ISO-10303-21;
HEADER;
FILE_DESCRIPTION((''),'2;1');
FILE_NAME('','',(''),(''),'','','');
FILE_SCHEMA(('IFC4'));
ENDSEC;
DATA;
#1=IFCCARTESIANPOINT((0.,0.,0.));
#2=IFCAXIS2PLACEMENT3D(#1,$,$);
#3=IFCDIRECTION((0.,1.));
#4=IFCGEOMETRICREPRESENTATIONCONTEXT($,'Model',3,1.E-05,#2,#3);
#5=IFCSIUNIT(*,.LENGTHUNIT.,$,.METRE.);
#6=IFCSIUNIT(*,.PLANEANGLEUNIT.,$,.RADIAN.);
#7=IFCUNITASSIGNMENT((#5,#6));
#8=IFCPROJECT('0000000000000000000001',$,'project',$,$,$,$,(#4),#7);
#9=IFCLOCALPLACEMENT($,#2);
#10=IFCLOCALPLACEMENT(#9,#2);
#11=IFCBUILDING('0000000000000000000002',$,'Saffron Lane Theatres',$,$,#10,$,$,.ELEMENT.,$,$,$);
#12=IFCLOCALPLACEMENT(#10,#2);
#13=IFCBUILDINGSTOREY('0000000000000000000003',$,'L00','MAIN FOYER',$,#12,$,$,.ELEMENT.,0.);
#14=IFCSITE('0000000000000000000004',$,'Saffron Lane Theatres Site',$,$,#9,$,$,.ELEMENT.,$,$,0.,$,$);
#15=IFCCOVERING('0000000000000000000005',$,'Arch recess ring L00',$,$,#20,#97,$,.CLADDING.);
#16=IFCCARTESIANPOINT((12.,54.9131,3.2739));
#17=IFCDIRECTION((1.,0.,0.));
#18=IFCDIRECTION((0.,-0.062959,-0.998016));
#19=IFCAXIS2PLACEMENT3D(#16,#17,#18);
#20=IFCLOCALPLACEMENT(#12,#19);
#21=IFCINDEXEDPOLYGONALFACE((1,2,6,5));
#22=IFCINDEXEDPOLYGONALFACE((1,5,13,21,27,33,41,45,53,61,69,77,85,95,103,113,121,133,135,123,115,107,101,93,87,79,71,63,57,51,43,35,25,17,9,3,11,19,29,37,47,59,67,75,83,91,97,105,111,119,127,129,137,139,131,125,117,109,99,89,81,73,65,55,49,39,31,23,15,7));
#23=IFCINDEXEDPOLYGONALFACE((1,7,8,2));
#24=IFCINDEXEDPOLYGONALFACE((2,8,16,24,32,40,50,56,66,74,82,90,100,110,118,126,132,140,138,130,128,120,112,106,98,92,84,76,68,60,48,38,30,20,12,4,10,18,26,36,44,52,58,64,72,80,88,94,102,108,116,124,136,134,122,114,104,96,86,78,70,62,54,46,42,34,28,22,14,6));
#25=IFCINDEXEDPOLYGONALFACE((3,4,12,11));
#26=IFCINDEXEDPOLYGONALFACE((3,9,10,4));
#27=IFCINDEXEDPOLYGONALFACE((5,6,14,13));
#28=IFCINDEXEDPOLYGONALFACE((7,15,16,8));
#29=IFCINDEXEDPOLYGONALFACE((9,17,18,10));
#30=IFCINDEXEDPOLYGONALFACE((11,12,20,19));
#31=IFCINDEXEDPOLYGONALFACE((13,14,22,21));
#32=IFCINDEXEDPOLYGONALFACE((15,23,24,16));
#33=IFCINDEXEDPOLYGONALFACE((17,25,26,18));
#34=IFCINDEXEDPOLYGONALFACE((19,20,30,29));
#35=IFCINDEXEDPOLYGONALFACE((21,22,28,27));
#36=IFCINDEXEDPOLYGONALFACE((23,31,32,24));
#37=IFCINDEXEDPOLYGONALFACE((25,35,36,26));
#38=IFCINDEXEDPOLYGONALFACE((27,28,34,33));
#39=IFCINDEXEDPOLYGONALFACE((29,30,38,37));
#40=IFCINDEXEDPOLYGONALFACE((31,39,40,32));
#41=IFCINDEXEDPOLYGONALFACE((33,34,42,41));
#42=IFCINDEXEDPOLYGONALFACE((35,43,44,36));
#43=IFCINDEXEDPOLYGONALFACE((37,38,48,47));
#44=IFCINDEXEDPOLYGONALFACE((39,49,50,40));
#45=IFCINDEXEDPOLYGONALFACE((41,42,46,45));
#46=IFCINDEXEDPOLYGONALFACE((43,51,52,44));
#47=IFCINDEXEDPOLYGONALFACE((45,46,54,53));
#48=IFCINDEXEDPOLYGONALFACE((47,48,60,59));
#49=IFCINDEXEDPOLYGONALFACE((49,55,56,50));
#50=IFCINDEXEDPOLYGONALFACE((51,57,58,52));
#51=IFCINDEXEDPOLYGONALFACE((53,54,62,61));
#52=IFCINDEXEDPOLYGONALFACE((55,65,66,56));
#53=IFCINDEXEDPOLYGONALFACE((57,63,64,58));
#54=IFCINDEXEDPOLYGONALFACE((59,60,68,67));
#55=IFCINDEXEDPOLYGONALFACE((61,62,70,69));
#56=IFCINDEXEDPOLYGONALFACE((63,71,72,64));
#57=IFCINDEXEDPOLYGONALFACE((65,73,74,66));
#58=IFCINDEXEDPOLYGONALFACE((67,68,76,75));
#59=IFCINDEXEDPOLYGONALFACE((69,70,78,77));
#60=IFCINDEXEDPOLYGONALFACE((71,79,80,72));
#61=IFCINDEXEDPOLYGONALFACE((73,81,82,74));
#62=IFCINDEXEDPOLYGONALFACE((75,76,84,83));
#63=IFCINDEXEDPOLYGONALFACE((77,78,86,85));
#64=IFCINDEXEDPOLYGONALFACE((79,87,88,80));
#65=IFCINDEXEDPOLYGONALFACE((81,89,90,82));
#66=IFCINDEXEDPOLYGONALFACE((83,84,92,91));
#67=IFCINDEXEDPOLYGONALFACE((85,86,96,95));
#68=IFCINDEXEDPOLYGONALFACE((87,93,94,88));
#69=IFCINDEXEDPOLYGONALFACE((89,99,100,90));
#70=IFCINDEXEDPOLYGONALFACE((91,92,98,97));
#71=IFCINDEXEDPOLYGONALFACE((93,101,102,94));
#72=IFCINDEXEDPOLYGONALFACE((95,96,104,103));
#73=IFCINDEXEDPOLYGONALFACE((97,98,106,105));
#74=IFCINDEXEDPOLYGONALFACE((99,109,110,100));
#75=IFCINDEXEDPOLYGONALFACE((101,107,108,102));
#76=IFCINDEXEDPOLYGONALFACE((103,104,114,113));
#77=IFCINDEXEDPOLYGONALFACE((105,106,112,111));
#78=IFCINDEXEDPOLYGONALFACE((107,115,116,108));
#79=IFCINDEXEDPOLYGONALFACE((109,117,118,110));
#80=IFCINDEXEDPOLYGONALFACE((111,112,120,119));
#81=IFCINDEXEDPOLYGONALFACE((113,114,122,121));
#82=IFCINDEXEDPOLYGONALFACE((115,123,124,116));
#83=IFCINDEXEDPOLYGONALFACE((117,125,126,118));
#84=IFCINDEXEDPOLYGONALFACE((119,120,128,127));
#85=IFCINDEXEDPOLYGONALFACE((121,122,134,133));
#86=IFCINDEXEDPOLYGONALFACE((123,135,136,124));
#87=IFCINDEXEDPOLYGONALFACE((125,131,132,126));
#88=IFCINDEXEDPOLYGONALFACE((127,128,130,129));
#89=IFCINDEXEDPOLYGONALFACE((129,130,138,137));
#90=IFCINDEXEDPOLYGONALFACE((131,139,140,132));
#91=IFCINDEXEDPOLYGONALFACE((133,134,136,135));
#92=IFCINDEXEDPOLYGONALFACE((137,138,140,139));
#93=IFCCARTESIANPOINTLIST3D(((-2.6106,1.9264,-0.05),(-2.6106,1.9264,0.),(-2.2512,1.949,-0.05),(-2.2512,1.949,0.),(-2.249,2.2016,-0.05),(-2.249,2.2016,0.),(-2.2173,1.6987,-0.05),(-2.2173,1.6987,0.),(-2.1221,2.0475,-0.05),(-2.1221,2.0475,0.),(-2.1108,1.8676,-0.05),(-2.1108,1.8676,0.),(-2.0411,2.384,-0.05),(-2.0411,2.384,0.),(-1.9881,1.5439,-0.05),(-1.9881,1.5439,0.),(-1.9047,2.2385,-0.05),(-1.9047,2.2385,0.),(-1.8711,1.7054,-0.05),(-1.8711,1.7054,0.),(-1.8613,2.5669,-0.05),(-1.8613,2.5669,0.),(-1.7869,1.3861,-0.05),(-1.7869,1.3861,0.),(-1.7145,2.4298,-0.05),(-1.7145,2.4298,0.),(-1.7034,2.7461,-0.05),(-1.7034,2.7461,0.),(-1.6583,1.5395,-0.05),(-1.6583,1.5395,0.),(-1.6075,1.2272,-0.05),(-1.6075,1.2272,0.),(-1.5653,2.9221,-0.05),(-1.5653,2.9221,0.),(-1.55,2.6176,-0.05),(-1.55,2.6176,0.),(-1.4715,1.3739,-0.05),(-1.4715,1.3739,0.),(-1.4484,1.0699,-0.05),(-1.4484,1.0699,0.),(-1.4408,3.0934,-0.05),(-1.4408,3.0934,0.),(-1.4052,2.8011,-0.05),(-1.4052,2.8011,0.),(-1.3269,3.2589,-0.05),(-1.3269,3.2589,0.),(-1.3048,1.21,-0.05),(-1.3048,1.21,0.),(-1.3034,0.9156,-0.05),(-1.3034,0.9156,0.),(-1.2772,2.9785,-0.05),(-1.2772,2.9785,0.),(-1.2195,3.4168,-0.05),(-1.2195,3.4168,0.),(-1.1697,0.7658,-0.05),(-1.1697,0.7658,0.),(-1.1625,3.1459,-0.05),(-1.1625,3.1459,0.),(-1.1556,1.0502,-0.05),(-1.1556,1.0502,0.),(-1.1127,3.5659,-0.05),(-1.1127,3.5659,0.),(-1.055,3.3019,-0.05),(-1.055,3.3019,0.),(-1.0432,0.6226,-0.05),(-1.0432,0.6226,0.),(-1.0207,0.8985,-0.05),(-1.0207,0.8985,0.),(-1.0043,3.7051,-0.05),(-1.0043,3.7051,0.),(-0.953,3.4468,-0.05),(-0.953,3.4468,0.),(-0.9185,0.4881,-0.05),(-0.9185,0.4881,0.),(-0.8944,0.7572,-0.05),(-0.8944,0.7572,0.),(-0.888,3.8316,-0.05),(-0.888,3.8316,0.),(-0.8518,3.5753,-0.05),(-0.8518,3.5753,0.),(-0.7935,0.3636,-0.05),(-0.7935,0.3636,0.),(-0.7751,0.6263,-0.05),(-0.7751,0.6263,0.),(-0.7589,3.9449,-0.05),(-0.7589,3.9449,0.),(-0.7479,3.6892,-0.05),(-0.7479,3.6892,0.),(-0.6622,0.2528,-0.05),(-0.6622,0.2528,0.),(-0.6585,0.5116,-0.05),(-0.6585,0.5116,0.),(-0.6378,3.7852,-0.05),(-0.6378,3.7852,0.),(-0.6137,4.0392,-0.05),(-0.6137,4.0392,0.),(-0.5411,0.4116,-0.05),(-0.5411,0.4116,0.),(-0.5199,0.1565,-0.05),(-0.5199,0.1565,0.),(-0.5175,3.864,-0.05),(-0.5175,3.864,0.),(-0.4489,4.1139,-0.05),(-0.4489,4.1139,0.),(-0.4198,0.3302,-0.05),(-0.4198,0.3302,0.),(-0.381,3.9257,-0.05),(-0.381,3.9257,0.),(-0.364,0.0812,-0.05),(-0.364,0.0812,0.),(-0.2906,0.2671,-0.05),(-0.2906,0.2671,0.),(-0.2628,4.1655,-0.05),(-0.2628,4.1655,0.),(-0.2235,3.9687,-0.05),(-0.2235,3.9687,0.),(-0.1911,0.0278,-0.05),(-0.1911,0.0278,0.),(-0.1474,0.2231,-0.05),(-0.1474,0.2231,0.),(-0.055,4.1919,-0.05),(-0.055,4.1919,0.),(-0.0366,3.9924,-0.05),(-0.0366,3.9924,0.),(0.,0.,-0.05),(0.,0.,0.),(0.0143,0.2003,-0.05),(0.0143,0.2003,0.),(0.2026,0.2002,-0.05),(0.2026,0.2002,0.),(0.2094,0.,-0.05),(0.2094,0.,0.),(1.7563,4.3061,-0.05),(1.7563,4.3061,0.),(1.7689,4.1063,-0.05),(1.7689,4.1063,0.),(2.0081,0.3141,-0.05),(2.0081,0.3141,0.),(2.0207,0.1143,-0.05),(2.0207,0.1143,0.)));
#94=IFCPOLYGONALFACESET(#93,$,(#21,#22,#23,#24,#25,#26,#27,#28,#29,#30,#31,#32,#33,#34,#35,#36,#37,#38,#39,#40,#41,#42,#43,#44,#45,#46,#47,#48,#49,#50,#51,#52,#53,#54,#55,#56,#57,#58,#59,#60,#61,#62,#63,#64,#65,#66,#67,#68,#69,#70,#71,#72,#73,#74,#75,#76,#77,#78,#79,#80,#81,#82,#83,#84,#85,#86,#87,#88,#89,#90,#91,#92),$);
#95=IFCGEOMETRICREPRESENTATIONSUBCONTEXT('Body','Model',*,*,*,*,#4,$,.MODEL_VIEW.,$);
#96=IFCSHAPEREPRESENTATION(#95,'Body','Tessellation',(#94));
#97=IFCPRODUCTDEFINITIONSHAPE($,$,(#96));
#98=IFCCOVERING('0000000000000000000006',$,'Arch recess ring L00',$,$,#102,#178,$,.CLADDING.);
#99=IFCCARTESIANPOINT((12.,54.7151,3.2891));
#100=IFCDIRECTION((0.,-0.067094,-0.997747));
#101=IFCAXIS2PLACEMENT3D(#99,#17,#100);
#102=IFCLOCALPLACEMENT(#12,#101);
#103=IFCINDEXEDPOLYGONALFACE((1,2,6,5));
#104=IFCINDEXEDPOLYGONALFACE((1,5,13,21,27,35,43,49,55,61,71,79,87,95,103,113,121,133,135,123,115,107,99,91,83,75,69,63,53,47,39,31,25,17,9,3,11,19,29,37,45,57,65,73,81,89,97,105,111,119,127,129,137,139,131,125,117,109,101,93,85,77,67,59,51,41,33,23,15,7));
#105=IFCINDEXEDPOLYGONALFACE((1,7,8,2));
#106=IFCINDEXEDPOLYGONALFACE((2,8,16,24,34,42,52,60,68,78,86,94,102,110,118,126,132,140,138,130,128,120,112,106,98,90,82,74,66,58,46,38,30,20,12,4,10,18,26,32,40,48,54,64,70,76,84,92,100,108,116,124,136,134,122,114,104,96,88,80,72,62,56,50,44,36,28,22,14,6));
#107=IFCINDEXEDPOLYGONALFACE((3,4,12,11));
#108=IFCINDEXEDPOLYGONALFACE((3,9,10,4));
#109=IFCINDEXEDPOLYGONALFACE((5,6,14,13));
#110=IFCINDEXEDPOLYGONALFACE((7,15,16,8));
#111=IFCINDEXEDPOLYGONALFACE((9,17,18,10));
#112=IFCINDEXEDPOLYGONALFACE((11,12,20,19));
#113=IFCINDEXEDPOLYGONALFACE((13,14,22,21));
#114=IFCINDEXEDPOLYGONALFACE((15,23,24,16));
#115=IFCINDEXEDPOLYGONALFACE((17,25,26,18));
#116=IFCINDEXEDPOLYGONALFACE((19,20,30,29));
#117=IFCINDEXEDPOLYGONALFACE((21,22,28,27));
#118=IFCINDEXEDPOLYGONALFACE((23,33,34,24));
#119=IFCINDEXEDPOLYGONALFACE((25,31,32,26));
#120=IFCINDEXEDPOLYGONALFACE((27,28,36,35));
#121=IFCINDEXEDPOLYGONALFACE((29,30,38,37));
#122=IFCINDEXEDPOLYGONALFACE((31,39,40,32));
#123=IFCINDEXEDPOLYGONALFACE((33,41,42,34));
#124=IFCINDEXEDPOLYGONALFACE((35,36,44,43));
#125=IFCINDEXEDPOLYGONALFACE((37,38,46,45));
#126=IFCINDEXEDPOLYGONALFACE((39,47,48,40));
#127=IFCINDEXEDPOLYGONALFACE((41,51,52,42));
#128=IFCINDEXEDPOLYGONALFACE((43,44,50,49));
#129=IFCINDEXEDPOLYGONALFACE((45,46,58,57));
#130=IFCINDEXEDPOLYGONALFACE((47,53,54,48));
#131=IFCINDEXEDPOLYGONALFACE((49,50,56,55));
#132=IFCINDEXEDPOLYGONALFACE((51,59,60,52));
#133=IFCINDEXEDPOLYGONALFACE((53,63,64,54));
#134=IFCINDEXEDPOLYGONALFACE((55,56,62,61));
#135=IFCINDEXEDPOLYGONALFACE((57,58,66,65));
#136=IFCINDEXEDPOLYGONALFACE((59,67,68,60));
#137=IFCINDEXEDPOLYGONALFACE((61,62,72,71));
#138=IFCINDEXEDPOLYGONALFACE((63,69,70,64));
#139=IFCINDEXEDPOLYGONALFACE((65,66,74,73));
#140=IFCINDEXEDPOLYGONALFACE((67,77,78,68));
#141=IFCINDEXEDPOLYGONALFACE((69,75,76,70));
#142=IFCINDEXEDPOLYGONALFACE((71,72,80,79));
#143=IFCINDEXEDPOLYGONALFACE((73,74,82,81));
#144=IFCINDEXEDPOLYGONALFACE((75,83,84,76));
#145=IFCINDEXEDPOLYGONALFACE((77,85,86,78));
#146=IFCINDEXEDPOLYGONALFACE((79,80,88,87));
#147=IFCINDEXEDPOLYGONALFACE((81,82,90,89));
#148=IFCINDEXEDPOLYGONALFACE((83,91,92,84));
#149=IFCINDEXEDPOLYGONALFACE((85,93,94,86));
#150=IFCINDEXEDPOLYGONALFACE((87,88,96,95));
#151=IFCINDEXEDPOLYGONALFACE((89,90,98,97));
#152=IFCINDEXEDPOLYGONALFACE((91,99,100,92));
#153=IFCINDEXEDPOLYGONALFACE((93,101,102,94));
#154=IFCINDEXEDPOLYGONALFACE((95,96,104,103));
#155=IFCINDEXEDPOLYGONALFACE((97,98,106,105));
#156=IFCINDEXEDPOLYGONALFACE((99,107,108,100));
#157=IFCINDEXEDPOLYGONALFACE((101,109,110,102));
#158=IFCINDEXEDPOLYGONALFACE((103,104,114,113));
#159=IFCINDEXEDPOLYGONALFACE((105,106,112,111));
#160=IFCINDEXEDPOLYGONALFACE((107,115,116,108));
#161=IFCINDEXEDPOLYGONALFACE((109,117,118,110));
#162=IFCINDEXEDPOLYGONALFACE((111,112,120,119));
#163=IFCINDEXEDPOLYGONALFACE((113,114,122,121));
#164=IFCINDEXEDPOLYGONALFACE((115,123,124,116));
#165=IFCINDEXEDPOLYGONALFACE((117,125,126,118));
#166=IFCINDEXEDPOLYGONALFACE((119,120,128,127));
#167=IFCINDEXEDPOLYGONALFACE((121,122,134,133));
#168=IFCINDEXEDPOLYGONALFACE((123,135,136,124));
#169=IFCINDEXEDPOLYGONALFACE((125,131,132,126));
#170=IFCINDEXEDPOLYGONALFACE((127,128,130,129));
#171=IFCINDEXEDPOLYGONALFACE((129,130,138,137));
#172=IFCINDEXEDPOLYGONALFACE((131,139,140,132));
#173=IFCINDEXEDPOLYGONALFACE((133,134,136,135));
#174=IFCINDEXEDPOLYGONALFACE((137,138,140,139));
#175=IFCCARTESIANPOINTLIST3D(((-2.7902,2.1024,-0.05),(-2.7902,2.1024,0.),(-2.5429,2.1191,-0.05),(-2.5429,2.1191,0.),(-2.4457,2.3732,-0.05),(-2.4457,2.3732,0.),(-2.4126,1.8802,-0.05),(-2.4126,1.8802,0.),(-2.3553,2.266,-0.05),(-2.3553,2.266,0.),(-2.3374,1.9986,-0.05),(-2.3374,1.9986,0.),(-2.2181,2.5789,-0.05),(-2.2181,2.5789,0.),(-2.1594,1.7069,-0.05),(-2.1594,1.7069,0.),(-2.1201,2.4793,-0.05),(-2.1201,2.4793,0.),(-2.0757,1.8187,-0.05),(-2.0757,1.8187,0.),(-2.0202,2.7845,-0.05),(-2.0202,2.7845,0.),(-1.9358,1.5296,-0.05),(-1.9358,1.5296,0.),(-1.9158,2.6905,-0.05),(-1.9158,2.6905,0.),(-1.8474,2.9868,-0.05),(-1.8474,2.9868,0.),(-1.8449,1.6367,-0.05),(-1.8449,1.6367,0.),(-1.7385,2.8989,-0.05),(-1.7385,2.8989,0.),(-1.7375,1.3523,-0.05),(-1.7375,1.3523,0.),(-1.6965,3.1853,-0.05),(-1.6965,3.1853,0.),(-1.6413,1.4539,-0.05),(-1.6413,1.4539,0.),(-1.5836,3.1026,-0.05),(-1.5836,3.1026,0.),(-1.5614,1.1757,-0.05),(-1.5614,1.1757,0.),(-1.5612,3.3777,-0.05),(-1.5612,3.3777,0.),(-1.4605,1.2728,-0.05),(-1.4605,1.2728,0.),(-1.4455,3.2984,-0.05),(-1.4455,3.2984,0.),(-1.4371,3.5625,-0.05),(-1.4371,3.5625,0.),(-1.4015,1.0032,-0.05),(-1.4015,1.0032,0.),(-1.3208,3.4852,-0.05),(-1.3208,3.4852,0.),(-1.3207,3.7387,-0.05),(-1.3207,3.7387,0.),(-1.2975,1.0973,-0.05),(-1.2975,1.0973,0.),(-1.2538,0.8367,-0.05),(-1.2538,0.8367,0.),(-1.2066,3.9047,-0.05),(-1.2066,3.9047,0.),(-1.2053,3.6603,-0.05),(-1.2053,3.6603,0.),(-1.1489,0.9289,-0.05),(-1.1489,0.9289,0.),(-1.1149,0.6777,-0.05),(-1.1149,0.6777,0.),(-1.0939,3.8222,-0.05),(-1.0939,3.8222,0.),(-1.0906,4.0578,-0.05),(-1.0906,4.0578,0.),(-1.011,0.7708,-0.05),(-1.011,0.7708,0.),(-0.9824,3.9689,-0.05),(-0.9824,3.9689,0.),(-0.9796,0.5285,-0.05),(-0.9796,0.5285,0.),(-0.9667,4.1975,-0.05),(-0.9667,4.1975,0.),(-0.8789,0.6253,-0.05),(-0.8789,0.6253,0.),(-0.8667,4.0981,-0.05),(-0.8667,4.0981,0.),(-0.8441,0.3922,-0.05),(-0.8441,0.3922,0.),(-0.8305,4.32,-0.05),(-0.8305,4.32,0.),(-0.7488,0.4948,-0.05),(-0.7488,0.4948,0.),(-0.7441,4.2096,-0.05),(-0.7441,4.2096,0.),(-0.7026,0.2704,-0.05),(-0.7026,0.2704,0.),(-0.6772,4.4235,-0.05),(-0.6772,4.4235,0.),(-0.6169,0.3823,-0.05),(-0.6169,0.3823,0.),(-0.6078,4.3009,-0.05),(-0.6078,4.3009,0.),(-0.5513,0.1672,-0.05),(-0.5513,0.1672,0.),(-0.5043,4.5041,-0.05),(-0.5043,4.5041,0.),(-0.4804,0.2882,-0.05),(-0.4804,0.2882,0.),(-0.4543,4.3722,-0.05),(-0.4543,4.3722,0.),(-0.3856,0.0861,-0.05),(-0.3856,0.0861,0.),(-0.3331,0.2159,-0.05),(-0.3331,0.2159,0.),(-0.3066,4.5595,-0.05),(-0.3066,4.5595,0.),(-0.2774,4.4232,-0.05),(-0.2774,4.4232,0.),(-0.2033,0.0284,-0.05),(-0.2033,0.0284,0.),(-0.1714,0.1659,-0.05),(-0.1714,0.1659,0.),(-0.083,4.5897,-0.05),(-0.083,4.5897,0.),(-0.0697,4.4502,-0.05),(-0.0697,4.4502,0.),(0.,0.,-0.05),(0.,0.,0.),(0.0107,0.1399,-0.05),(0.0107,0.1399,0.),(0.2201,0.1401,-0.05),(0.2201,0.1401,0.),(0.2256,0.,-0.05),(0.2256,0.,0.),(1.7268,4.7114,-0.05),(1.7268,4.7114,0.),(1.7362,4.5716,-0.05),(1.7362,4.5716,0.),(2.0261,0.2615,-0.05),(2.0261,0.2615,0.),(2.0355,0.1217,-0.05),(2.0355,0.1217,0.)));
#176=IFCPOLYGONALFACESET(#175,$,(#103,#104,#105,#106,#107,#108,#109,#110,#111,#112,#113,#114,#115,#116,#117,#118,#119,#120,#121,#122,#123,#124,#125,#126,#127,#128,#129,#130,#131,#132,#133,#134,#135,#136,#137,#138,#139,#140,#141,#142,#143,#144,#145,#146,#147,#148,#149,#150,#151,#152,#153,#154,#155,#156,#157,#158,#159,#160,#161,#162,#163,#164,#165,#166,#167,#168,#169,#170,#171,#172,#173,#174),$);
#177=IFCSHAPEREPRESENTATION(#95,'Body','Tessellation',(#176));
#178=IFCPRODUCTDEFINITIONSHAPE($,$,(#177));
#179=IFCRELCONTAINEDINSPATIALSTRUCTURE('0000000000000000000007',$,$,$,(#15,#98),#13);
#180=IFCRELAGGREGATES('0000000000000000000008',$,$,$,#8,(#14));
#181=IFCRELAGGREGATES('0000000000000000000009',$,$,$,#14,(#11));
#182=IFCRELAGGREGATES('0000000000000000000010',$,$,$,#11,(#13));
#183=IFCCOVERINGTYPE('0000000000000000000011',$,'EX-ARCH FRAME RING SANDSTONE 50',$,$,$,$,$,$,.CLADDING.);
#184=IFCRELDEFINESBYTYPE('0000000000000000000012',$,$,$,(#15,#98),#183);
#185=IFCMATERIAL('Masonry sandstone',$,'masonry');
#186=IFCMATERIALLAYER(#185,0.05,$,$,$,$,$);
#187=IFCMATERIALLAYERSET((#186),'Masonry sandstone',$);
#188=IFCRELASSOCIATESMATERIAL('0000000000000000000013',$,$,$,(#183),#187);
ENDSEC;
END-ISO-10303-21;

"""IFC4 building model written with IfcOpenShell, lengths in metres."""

from ifc_helpers import new_model, si_unit, direction, frame, origin, place, context, subcontext, project, spatial, polyline, outline, extrude, material, layer, layer_set, type_object, element, save


model = new_model("IFC4")

# Units and contexts
model_context = context("Model", 3, precision=1e-05, world=origin(), true_north=direction((0.0, 1.0)))
body_context = subcontext(model_context, "Body", "Model", "MODEL_VIEW")
ifc_project = project(units=[si_unit("LENGTHUNIT", "METRE"), si_unit("PLANEANGLEUNIT", "RADIAN")], contexts=[model_context])

# Site, building, storey
site_placement = place(None, origin())
site = spatial("IfcSite", under=ifc_project, at=site_placement, Name="Saffron Lane Theatres Site", CompositionType="ELEMENT", RefElevation=0.0)
building_placement = place(site_placement, origin())
building = spatial("IfcBuilding", under=site, at=building_placement, Name="Saffron Lane Theatres", CompositionType="ELEMENT")
storey_placement = place(building_placement, origin())
storey = spatial("IfcBuildingStorey", under=building, at=storey_placement, Name="L00", Description="MAIN FOYER", CompositionType="ELEMENT", Elevation=0.0)

# Coverings
ifc_material_1 = material(Name="Masonry sandstone", Category="masonry")
ifc_layer_1 = layer(ifc_material_1, 0.05)
ifc_layer_set_1 = layer_set([ifc_layer_1], Name="Masonry sandstone")
covering_type_1 = type_object("IfcCoveringType", Name="EX-ARCH FRAME RING SANDSTONE 50", PredefinedType="CLADDING", material=ifc_layer_set_1)
covering_1_placement = place(storey_placement, frame((12.0, 54.9131, 3.2739), z_axis=(1.0, 0.0, 0.0), x_axis=(0.0, -0.062959, -0.998016)))
element("IfcCovering", 1, at=covering_1_placement, inside=storey, type_object=covering_type_1, Name="Arch recess ring L00", PredefinedType="CLADDING", context=body_context, shape_type="SweptSolid", body=[
    extrude(outline(polyline([(0.0, 0.0), (0.2094, 0.0), (2.0207, 0.1143), (2.0081, 0.3141), (0.2026, 0.2002), (0.0143, 0.2003), (-0.1474, 0.2231), (-0.2906, 0.2671), (-0.4198, 0.3302), (-0.5411, 0.4116), (-0.6585, 0.5116), (-0.7751, 0.6263), (-0.8944, 0.7572), (-1.0207, 0.8985), (-1.1556, 1.0502), (-1.3048, 1.21), (-1.4715, 1.3739), (-1.6583, 1.5395), (-1.8711, 1.7054), (-2.1108, 1.8676), (-2.2512, 1.949), (-2.1221, 2.0475), (-1.9047, 2.2385), (-1.7145, 2.4298), (-1.55, 2.6176), (-1.4052, 2.8011), (-1.2772, 2.9785), (-1.1625, 3.1459), (-1.055, 3.3019), (-0.953, 3.4468), (-0.8518, 3.5753), (-0.7479, 3.6892), (-0.6378, 3.7852), (-0.5175, 3.864), (-0.381, 3.9257), (-0.2235, 3.9687), (-0.0366, 3.9924), (1.7689, 4.1063), (1.7563, 4.3061), (-0.055, 4.1919), (-0.2628, 4.1655), (-0.4489, 4.1139), (-0.6137, 4.0392), (-0.7589, 3.9449), (-0.888, 3.8316), (-1.0043, 3.7051), (-1.1127, 3.5659), (-1.2195, 3.4168), (-1.3269, 3.2589), (-1.4408, 3.0934), (-1.5653, 2.9221), (-1.7034, 2.7461), (-1.8613, 2.5669), (-2.0411, 2.384), (-2.249, 2.2016), (-2.6106, 1.9264), (-2.2173, 1.6987), (-1.9881, 1.5439), (-1.7869, 1.3861), (-1.6075, 1.2272), (-1.4484, 1.0699), (-1.3034, 0.9156), (-1.1697, 0.7658), (-1.0432, 0.6226), (-0.9185, 0.4881), (-0.7935, 0.3636), (-0.6622, 0.2528), (-0.5199, 0.1565), (-0.364, 0.0812), (-0.1911, 0.0278), (0.0, 0.0)])), origin(), (0.0, 0.0, -1.0), 0.05),
])
covering_2_placement = place(storey_placement, frame((12.0, 54.7151, 3.2891), z_axis=(1.0, 0.0, 0.0), x_axis=(0.0, -0.067094, -0.997747)))
element("IfcCovering", 2, at=covering_2_placement, inside=storey, type_object=covering_type_1, Name="Arch recess ring L00", PredefinedType="CLADDING", context=body_context, shape_type="SweptSolid", body=[
    extrude(outline(polyline([(0.0, 0.0), (0.2256, 0.0), (2.0355, 0.1217), (2.0261, 0.2615), (0.2201, 0.1401), (0.0107, 0.1399), (-0.1714, 0.1659), (-0.3331, 0.2159), (-0.4804, 0.2882), (-0.6169, 0.3823), (-0.7488, 0.4948), (-0.8789, 0.6253), (-1.011, 0.7708), (-1.1489, 0.9289), (-1.2975, 1.0973), (-1.4605, 1.2728), (-1.6413, 1.4539), (-1.8449, 1.6367), (-2.0757, 1.8187), (-2.3374, 1.9986), (-2.5429, 2.1191), (-2.3553, 2.266), (-2.1201, 2.4793), (-1.9158, 2.6905), (-1.7385, 2.8989), (-1.5836, 3.1026), (-1.4455, 3.2984), (-1.3208, 3.4852), (-1.2053, 3.6603), (-1.0939, 3.8222), (-0.9824, 3.9689), (-0.8667, 4.0981), (-0.7441, 4.2096), (-0.6078, 4.3009), (-0.4543, 4.3722), (-0.2774, 4.4232), (-0.0697, 4.4502), (1.7362, 4.5716), (1.7268, 4.7114), (-0.083, 4.5897), (-0.3066, 4.5595), (-0.5043, 4.5041), (-0.6772, 4.4235), (-0.8305, 4.32), (-0.9667, 4.1975), (-1.0906, 4.0578), (-1.2066, 3.9047), (-1.3207, 3.7387), (-1.4371, 3.5625), (-1.5612, 3.3777), (-1.6965, 3.1853), (-1.8474, 2.9868), (-2.0202, 2.7845), (-2.2181, 2.5789), (-2.4457, 2.3732), (-2.7902, 2.1024), (-2.4126, 1.8802), (-2.1594, 1.7069), (-1.9358, 1.5296), (-1.7375, 1.3523), (-1.5614, 1.1757), (-1.4015, 1.0032), (-1.2538, 0.8367), (-1.1149, 0.6777), (-0.9796, 0.5285), (-0.8441, 0.3922), (-0.7026, 0.2704), (-0.5513, 0.1672), (-0.3856, 0.0861), (-0.2033, 0.0284), (0.0, 0.0)])), origin(), (0.0, 0.0, -1.0), 0.05),
])

save(model, "model.ifc")
